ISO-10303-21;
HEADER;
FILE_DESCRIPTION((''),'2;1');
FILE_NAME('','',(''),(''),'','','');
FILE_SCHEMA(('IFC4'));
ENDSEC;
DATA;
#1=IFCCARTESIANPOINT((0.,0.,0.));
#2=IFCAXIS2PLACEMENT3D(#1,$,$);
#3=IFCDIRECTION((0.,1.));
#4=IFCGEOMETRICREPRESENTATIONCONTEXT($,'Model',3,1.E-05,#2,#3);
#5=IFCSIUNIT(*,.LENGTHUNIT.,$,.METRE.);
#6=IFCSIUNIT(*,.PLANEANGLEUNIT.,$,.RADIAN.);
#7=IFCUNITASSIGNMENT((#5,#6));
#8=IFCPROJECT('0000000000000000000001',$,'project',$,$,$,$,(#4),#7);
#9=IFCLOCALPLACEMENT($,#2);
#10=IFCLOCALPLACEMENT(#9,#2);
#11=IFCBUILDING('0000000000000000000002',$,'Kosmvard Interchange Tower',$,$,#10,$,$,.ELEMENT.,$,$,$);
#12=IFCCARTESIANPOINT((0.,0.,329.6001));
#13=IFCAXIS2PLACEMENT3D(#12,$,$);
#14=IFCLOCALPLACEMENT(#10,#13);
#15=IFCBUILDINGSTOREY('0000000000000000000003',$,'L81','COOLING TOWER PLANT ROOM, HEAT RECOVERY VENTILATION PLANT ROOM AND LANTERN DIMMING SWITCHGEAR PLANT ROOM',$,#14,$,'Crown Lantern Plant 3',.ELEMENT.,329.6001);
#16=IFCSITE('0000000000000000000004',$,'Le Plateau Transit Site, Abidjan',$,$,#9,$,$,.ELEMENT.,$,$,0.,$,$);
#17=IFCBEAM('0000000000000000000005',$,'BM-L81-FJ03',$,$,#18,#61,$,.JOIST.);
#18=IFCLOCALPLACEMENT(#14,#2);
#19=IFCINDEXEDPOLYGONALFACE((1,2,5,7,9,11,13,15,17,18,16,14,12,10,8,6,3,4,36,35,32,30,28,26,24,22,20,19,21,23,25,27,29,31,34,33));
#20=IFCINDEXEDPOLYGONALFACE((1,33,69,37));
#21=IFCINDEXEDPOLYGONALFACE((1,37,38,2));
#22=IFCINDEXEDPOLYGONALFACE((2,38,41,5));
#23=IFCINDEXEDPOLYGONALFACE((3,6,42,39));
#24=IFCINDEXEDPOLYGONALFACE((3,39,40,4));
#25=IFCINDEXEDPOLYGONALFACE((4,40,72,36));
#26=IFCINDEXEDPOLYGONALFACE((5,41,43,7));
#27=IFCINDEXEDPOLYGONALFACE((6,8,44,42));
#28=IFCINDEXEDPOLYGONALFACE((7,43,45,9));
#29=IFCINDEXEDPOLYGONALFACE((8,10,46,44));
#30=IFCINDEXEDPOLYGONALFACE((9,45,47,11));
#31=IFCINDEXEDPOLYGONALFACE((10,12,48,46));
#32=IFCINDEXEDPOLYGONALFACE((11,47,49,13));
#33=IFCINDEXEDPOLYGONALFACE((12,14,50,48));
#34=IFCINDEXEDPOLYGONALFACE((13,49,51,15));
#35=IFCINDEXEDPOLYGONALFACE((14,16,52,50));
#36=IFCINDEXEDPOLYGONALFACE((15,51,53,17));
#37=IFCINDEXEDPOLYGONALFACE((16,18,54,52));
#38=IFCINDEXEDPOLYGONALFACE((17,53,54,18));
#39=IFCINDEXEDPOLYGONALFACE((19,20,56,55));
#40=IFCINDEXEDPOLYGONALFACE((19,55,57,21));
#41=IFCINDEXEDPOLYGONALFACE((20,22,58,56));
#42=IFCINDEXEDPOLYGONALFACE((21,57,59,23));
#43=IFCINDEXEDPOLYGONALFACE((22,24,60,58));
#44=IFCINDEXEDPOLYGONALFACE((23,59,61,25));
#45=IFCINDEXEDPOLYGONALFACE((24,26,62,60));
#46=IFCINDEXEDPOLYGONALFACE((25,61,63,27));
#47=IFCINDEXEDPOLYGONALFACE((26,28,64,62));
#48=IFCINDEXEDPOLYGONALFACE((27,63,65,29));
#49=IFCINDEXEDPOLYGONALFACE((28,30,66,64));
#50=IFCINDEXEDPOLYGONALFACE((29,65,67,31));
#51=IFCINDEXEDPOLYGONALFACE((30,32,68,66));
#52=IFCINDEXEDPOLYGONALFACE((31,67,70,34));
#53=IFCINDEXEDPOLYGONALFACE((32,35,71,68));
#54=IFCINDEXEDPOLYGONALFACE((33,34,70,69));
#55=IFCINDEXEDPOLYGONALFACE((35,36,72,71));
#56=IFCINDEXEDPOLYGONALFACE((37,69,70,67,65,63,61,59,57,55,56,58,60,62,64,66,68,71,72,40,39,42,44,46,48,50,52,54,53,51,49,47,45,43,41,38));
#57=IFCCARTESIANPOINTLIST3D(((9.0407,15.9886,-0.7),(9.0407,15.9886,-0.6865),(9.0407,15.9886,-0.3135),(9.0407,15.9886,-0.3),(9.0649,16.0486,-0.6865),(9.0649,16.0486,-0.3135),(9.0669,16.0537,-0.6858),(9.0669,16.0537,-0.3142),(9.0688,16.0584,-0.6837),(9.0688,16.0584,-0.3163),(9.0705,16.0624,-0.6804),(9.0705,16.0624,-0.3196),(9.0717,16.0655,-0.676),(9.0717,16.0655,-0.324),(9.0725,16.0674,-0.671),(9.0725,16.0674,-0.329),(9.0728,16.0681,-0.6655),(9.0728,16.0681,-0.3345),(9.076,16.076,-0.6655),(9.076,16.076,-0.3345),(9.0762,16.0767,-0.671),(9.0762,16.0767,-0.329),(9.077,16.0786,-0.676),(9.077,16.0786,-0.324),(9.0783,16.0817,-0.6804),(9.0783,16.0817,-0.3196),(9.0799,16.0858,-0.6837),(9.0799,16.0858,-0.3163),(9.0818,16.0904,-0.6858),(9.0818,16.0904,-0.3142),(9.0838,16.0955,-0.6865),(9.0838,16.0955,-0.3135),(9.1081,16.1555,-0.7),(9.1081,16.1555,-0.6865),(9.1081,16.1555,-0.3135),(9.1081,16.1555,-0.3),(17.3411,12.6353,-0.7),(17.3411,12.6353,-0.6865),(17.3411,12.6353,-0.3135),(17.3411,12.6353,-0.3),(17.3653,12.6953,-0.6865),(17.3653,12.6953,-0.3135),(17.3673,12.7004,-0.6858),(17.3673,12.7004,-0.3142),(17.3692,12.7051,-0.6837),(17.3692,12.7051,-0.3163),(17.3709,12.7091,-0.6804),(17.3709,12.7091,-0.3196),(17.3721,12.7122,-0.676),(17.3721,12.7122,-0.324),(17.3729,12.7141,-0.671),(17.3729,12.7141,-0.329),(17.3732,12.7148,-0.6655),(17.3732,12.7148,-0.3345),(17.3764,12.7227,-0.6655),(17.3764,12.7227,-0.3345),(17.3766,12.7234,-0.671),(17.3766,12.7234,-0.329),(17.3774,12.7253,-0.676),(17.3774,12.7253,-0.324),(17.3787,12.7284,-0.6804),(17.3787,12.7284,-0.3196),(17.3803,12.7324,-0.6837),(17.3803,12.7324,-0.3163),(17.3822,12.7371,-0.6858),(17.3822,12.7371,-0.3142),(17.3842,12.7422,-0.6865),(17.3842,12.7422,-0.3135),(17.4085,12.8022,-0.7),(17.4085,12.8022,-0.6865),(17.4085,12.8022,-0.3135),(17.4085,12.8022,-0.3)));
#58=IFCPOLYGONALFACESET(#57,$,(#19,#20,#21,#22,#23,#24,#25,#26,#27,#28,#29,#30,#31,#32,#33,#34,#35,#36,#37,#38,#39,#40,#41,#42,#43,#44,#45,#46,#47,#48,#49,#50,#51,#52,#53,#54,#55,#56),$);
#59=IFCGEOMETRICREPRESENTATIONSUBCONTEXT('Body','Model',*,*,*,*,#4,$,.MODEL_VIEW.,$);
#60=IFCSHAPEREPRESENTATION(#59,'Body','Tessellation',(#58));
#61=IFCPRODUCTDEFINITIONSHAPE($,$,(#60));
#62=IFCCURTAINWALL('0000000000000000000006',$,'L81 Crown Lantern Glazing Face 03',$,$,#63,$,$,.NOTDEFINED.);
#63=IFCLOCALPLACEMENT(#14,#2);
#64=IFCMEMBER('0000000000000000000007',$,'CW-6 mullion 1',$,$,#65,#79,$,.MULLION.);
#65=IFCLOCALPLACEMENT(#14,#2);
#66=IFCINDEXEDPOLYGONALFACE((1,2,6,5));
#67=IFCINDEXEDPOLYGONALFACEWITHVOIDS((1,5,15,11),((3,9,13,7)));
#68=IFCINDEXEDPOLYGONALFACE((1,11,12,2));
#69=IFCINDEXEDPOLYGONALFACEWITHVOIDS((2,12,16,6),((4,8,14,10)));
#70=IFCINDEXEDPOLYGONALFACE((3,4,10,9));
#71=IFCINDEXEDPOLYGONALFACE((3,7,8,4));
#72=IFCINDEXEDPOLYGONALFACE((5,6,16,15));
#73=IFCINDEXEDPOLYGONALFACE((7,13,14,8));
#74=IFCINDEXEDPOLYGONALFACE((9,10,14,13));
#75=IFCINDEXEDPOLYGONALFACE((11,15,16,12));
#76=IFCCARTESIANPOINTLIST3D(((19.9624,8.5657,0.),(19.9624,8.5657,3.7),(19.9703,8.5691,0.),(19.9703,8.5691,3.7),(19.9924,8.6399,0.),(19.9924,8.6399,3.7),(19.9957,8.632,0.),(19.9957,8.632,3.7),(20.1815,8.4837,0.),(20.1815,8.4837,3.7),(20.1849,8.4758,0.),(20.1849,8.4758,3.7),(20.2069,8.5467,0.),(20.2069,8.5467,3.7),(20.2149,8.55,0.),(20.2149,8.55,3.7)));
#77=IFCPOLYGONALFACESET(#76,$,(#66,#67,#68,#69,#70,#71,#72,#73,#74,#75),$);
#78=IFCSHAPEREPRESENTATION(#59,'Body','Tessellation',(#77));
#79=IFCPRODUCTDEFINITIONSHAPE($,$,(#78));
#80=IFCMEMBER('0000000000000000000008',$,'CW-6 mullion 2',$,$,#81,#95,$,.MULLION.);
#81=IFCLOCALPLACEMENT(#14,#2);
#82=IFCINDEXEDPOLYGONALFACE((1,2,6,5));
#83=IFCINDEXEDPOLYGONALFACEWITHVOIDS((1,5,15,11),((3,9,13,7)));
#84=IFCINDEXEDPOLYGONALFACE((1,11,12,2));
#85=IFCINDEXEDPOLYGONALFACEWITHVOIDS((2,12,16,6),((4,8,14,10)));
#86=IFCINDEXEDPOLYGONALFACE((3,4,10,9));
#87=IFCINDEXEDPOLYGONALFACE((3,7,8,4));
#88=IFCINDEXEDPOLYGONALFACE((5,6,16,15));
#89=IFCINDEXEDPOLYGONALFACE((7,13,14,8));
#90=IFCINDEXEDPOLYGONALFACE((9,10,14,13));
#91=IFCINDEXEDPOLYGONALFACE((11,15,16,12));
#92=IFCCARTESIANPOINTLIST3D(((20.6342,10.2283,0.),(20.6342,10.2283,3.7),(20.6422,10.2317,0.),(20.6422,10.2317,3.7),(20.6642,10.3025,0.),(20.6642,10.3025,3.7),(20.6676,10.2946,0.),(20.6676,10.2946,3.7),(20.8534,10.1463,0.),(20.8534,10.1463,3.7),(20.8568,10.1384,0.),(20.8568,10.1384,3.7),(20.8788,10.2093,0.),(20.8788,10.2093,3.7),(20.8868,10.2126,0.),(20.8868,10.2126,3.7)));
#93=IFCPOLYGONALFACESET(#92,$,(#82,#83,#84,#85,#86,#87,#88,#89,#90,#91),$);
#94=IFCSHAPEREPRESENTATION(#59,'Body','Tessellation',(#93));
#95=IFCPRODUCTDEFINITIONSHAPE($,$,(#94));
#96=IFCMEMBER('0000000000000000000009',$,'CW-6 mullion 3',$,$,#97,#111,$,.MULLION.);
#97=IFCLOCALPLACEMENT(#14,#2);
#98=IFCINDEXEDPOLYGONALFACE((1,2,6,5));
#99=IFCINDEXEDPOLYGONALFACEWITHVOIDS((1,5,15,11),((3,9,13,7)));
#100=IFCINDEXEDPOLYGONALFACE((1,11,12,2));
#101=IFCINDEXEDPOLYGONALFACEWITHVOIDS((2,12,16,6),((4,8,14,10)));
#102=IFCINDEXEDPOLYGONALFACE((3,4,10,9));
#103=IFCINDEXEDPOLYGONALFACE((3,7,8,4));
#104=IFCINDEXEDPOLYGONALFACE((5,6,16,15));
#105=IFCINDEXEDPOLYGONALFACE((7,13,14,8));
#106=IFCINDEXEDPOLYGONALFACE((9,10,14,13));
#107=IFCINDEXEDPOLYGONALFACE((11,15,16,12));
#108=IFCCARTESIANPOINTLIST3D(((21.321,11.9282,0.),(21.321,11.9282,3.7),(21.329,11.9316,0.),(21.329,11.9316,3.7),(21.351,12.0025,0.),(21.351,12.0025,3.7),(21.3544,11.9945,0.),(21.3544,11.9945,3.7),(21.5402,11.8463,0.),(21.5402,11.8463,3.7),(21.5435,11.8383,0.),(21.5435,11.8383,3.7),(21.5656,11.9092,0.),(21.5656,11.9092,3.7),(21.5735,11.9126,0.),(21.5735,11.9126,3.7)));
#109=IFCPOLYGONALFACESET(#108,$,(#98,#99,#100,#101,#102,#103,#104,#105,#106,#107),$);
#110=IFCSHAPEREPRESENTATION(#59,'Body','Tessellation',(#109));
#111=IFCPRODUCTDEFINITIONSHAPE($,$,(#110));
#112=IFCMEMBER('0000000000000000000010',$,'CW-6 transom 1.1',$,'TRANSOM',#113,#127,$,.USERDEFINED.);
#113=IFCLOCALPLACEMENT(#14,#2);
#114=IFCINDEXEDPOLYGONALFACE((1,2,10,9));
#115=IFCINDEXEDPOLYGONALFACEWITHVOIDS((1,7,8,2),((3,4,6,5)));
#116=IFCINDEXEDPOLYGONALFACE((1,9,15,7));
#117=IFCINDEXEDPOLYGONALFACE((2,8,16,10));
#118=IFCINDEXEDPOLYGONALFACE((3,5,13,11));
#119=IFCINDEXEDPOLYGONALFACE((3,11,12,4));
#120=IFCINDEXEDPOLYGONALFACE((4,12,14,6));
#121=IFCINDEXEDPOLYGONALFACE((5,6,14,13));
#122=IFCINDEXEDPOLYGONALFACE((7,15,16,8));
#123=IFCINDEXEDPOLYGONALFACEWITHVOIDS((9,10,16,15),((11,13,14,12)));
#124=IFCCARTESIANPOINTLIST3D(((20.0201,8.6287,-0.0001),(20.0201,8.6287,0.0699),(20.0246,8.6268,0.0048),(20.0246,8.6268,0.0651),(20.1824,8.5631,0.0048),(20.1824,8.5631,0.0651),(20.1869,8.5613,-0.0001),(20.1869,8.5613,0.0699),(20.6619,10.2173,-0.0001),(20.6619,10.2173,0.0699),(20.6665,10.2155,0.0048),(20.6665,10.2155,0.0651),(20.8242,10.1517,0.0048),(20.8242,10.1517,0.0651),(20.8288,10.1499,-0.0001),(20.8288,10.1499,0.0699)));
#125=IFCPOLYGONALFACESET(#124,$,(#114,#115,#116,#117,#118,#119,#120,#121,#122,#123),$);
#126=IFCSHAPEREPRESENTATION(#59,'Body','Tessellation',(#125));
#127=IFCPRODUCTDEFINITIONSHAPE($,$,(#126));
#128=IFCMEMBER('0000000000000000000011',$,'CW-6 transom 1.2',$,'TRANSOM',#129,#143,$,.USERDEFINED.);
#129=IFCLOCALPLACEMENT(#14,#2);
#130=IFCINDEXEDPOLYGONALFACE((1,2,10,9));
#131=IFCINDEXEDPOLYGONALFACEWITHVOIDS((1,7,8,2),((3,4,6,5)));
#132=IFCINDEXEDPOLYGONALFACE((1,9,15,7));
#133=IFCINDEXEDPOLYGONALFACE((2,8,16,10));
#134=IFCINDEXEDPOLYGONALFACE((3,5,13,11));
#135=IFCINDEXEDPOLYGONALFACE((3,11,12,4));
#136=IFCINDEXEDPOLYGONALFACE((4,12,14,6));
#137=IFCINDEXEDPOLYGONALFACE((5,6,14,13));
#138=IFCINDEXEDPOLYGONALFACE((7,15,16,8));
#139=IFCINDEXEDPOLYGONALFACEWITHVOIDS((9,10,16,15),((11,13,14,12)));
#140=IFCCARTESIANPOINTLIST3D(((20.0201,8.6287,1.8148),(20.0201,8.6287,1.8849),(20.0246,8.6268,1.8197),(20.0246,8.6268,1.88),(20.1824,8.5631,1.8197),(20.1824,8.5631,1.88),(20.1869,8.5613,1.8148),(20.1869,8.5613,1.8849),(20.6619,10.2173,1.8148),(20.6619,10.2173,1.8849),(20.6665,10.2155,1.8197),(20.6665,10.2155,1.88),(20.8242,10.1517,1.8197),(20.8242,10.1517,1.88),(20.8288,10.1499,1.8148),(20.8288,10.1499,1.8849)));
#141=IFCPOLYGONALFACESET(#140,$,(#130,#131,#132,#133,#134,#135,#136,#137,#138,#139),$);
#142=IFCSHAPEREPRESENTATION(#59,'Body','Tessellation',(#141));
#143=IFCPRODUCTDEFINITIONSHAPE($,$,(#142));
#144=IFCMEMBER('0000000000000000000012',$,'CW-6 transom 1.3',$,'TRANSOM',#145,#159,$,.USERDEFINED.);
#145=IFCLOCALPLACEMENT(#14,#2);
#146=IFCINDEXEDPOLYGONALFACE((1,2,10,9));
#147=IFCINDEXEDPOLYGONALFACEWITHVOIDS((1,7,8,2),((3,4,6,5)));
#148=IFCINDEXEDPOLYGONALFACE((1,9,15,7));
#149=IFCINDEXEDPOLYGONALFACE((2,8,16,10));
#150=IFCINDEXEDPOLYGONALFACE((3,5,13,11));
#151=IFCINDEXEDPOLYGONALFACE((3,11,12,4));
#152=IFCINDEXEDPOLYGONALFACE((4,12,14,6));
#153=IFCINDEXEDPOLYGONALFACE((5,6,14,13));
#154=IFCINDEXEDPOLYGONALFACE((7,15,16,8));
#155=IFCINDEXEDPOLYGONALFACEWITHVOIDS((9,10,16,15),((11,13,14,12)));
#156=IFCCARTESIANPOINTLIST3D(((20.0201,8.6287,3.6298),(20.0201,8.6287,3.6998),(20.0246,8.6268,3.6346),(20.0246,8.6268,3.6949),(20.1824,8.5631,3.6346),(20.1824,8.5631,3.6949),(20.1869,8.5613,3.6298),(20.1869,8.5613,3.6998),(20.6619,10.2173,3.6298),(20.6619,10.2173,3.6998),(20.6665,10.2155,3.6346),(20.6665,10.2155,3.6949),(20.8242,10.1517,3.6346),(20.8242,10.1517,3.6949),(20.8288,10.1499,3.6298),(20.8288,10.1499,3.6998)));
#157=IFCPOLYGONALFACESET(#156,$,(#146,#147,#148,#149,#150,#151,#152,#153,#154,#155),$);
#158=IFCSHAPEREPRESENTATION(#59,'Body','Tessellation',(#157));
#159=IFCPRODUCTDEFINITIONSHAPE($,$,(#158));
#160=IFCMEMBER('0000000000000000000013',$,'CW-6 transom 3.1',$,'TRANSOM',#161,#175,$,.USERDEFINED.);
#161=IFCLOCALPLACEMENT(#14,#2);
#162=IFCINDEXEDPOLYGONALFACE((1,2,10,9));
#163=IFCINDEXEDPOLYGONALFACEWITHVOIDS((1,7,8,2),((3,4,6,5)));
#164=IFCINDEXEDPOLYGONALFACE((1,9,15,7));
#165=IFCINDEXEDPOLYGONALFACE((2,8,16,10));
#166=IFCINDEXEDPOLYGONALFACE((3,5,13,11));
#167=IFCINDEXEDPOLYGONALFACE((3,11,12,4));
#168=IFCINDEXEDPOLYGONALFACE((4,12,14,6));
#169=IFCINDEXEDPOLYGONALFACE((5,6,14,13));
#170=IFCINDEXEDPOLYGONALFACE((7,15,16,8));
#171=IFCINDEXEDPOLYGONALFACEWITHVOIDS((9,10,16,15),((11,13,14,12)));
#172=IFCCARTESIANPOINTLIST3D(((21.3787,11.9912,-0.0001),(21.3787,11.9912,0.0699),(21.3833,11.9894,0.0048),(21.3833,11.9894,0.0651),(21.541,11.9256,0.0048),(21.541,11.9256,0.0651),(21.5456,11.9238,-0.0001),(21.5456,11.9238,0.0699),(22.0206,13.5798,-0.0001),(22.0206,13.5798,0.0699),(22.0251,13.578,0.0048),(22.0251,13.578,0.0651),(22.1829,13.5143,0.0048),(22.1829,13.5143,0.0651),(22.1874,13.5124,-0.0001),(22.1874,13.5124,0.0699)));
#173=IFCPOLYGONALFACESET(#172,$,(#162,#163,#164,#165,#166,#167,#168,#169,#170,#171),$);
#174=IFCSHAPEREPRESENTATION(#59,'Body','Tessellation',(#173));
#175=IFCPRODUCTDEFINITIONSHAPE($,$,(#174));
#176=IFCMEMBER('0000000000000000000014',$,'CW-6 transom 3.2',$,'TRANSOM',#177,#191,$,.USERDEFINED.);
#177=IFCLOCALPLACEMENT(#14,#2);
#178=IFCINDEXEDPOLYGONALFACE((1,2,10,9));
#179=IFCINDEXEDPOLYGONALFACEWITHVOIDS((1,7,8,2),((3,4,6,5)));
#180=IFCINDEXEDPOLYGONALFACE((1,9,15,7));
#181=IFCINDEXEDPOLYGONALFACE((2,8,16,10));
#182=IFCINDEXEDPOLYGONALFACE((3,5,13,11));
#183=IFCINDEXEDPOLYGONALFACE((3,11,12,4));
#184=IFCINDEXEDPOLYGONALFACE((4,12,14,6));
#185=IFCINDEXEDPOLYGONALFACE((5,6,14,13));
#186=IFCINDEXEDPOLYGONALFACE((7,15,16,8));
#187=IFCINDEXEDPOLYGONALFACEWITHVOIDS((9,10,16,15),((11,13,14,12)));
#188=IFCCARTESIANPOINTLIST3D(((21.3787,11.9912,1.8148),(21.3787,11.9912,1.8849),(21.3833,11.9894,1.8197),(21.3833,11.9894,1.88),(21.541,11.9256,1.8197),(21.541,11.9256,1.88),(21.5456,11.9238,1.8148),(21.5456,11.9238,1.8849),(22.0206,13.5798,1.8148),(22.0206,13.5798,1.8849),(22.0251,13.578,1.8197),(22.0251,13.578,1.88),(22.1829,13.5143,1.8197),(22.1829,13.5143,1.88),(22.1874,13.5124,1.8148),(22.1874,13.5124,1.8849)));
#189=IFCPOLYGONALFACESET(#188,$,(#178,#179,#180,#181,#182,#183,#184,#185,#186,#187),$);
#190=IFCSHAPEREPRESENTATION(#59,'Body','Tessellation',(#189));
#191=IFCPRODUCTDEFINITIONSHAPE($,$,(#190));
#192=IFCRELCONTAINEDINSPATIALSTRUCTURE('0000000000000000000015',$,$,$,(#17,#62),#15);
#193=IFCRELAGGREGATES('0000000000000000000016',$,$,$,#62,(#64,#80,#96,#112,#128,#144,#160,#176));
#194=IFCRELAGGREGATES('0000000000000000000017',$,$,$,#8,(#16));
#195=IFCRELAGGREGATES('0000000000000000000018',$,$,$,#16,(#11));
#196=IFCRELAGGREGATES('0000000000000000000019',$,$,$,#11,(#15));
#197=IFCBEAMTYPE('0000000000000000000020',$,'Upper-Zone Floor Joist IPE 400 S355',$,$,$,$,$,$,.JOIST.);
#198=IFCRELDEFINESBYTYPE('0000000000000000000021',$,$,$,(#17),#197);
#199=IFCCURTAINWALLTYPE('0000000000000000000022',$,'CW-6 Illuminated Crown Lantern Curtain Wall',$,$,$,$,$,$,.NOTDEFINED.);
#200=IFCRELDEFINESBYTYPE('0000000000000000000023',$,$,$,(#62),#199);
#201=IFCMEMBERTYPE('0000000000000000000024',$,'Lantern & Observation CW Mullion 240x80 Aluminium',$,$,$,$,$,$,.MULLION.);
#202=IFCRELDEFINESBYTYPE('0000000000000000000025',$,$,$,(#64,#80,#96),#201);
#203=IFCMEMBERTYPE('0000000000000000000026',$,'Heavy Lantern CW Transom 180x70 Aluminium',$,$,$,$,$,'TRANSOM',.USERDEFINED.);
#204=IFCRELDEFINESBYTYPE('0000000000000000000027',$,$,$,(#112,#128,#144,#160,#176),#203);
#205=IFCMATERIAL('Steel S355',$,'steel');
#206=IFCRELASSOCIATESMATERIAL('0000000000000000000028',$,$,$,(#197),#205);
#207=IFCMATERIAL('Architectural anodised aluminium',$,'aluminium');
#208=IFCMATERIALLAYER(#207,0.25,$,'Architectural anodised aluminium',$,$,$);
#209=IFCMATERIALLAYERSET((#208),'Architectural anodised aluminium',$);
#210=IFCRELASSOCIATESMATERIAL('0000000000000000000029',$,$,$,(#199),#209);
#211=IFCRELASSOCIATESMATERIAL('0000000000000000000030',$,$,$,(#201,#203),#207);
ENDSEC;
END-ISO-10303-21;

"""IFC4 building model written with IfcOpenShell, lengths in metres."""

from ifc_helpers import new_model, si_unit, direction, frame, origin, origin_2d, place, context, subcontext, project, spatial, hollow_rectangle, i_section, extrude, source, transform, mapped, material, layer, layer_set, material_profile, profile_set, type_object, element, aggregate, save


model = new_model("IFC4")

# Units and contexts
model_context = context("Model", 3, precision=1e-05, world=origin(), true_north=direction((0.0, 1.0)))
body_context = subcontext(model_context, "Body", "Model", "MODEL_VIEW")
ifc_project = project(units=[si_unit("LENGTHUNIT", "METRE"), si_unit("PLANEANGLEUNIT", "RADIAN")], contexts=[model_context])

# Site, building, storey
site_placement = place(None, origin())
site = spatial("IfcSite", under=ifc_project, at=site_placement, Name="Le Plateau Transit Site, Abidjan", CompositionType="ELEMENT", RefElevation=0.0)
building_placement = place(site_placement, origin())
building = spatial("IfcBuilding", under=site, at=building_placement, Name="Kosmvard Interchange Tower", CompositionType="ELEMENT")
storey_placement = place(building_placement, frame((0.0, 0.0, 329.6001)))
storey = spatial("IfcBuildingStorey", under=building, at=storey_placement, Name="L81", Description="COOLING TOWER PLANT ROOM, HEAT RECOVERY VENTILATION PLANT ROOM AND LANTERN DIMMING SWITCHGEAR PLANT ROOM", LongName="Crown Lantern Plant 3", CompositionType="ELEMENT", Elevation=329.6001)

# Shared definitions
ifc_material_1 = material(Name="Steel S355", Category="steel")

# Beam
ifc_material_profile_1 = material_profile(ifc_material_1, i_section(OverallWidth=0.1799, OverallDepth=0.3999, WebThickness=0.0085, FlangeThickness=0.0134, FilletRadius=0.021, at=origin_2d()), Name="IPE 400")
ifc_profile_set_1 = profile_set([ifc_material_profile_1], Name="Steel S355")
beam_type_1 = type_object("IfcBeamType", Name="Upper-Zone Floor Joist IPE 400 S355", PredefinedType="JOIST", material=ifc_profile_set_1)
shared_shape_1 = source(origin(), body_context, "Body", "SweptSolid", [
    extrude(i_section(OverallWidth=0.1799, OverallDepth=0.3999, WebThickness=0.0085, FlangeThickness=0.0134, FilletRadius=0.021, at=origin_2d()), origin(), (0.0, 0.0, 1.0), 8.9521),
])
beam_1_placement = place(storey_placement, frame((17.3748, 12.7188, -0.5), z_axis=(-0.927194, 0.374581, 0.0), x_axis=(-0.374581, -0.927194, 0.0)))
element("IfcBeam", 1, at=beam_1_placement, inside=storey, type_object=beam_type_1, Name="BM-L81-FJ03", PredefinedType="JOIST", context=body_context, shape_type="MappedRepresentation", body=[
    mapped(shared_shape_1, transform((0.0, 0.0, 0.0), scale=1.0)),
])

# Curtain wall, members
ifc_material_2 = material(Name="Architectural anodised aluminium", Category="aluminium")
ifc_layer_1 = layer(ifc_material_2, 0.25, Name="Architectural anodised aluminium")
ifc_layer_set_1 = layer_set([ifc_layer_1], Name="Architectural anodised aluminium")
curtain_wall_type = type_object("IfcCurtainWallType", Name="CW-6 Illuminated Crown Lantern Curtain Wall", PredefinedType="NOTDEFINED", material=ifc_layer_set_1)
curtain_wall_placement = place(storey_placement, origin())
curtain_wall = element("IfcCurtainWall", 2, at=curtain_wall_placement, inside=storey, type_object=curtain_wall_type, Name="L81 Crown Lantern Glazing Face 03", PredefinedType="NOTDEFINED")
ifc_material_profile_2 = material_profile(ifc_material_2, hollow_rectangle(XDim=0.24, YDim=0.0801, WallThickness=0.0061, at=origin_2d()), Name="CWM 240x80x6")
ifc_profile_set_2 = profile_set([ifc_material_profile_2], Name="Architectural anodised aluminium")
member_type_1 = type_object("IfcMemberType", Name="Lantern & Observation CW Mullion 240x80 Aluminium", PredefinedType="MULLION", material=ifc_profile_set_2)
shared_shape_2 = source(origin(), body_context, "Body", "SweptSolid", [
    extrude(hollow_rectangle(XDim=0.24, YDim=0.0801, WallThickness=0.0061, at=origin_2d()), origin(), (0.0, 0.0, 1.0), 3.7),
])
member_1_placement = place(storey_placement, frame((20.0886, 8.5579, 0.0), z_axis=(0.0, 0.0, 1.0), x_axis=(-0.927184, 0.374607, 0.0)))
member_1 = element("IfcMember", 3, at=member_1_placement, type_object=member_type_1, Name="CW-6 mullion 1", PredefinedType="MULLION", context=body_context, shape_type="MappedRepresentation", body=[
    mapped(shared_shape_2, transform((0.0, 0.0, 0.0), scale=1.0)),
])
member_2_placement = place(storey_placement, frame((20.7605, 10.2205, 0.0), z_axis=(0.0, 0.0, 1.0), x_axis=(-0.927184, 0.374607, 0.0)))
member_2 = element("IfcMember", 4, at=member_2_placement, type_object=member_type_1, Name="CW-6 mullion 2", PredefinedType="MULLION", context=body_context, shape_type="MappedRepresentation", body=[
    mapped(shared_shape_2, transform((0.0, 0.0, 0.0), scale=1.0)),
])
member_3_placement = place(storey_placement, frame((21.4473, 11.9204, 0.0), z_axis=(0.0, 0.0, 1.0), x_axis=(-0.927184, 0.374607, 0.0)))
member_3 = element("IfcMember", 5, at=member_3_placement, type_object=member_type_1, Name="CW-6 mullion 3", PredefinedType="MULLION", context=body_context, shape_type="MappedRepresentation", body=[
    mapped(shared_shape_2, transform((0.0, 0.0, 0.0), scale=1.0)),
])
ifc_material_profile_3 = material_profile(ifc_material_2, hollow_rectangle(XDim=0.1799, YDim=0.0701, WallThickness=0.0049, at=origin_2d()), Name="CWT 180x70x5")
ifc_profile_set_3 = profile_set([ifc_material_profile_3], Name="Architectural anodised aluminium")
member_type_2 = type_object("IfcMemberType", Name="Heavy Lantern CW Transom 180x70 Aluminium", ElementType="TRANSOM", PredefinedType="USERDEFINED", material=ifc_profile_set_3)
shared_shape_3 = source(origin(), body_context, "Body", "SweptSolid", [
    extrude(hollow_rectangle(XDim=0.1799, YDim=0.0701, WallThickness=0.0049, at=origin_2d()), origin(), (0.0, 0.0, 1.0), 1.7134),
])
member_4_placement = place(storey_placement, frame((20.1035, 8.595, 0.0349), z_axis=(0.374607, 0.927184, 0.0), x_axis=(-0.927184, 0.374607, 0.0)))
member_4 = element("IfcMember", 6, at=member_4_placement, type_object=member_type_2, Name="CW-6 transom 1.1", ObjectType="TRANSOM", PredefinedType="USERDEFINED", context=body_context, shape_type="MappedRepresentation", body=[
    mapped(shared_shape_3, transform((0.0, 0.0, 0.0), scale=1.0)),
])
member_5_placement = place(storey_placement, frame((20.1035, 8.595, 1.8499), z_axis=(0.374607, 0.927184, 0.0), x_axis=(-0.927184, 0.374607, 0.0)))
member_5 = element("IfcMember", 7, at=member_5_placement, type_object=member_type_2, Name="CW-6 transom 1.2", ObjectType="TRANSOM", PredefinedType="USERDEFINED", context=body_context, shape_type="MappedRepresentation", body=[
    mapped(shared_shape_3, transform((0.0, 0.0, 0.0), scale=1.0)),
])
member_6_placement = place(storey_placement, frame((20.1035, 8.595, 3.6648), z_axis=(0.374607, 0.927184, 0.0), x_axis=(-0.927184, 0.374607, 0.0)))
member_6 = element("IfcMember", 8, at=member_6_placement, type_object=member_type_2, Name="CW-6 transom 1.3", ObjectType="TRANSOM", PredefinedType="USERDEFINED", context=body_context, shape_type="MappedRepresentation", body=[
    mapped(shared_shape_3, transform((0.0, 0.0, 0.0), scale=1.0)),
])
member_7_placement = place(storey_placement, frame((21.4622, 11.9575, 0.0349), z_axis=(0.374607, 0.927184, 0.0), x_axis=(-0.927184, 0.374607, 0.0)))
member_7 = element("IfcMember", 9, at=member_7_placement, type_object=member_type_2, Name="CW-6 transom 3.1", ObjectType="TRANSOM", PredefinedType="USERDEFINED", context=body_context, shape_type="MappedRepresentation", body=[
    mapped(shared_shape_3, transform((0.0, 0.0, 0.0), scale=1.0)),
])
member_8_placement = place(storey_placement, frame((21.4622, 11.9575, 1.8499), z_axis=(0.374607, 0.927184, 0.0), x_axis=(-0.927184, 0.374607, 0.0)))
member_8 = element("IfcMember", 10, at=member_8_placement, type_object=member_type_2, Name="CW-6 transom 3.2", ObjectType="TRANSOM", PredefinedType="USERDEFINED", context=body_context, shape_type="MappedRepresentation", body=[
    mapped(shared_shape_3, transform((0.0, 0.0, 0.0), scale=1.0)),
])

aggregate(curtain_wall, [member_1, member_2, member_3, member_4, member_5, member_6, member_7, member_8])

save(model, "model.ifc")
